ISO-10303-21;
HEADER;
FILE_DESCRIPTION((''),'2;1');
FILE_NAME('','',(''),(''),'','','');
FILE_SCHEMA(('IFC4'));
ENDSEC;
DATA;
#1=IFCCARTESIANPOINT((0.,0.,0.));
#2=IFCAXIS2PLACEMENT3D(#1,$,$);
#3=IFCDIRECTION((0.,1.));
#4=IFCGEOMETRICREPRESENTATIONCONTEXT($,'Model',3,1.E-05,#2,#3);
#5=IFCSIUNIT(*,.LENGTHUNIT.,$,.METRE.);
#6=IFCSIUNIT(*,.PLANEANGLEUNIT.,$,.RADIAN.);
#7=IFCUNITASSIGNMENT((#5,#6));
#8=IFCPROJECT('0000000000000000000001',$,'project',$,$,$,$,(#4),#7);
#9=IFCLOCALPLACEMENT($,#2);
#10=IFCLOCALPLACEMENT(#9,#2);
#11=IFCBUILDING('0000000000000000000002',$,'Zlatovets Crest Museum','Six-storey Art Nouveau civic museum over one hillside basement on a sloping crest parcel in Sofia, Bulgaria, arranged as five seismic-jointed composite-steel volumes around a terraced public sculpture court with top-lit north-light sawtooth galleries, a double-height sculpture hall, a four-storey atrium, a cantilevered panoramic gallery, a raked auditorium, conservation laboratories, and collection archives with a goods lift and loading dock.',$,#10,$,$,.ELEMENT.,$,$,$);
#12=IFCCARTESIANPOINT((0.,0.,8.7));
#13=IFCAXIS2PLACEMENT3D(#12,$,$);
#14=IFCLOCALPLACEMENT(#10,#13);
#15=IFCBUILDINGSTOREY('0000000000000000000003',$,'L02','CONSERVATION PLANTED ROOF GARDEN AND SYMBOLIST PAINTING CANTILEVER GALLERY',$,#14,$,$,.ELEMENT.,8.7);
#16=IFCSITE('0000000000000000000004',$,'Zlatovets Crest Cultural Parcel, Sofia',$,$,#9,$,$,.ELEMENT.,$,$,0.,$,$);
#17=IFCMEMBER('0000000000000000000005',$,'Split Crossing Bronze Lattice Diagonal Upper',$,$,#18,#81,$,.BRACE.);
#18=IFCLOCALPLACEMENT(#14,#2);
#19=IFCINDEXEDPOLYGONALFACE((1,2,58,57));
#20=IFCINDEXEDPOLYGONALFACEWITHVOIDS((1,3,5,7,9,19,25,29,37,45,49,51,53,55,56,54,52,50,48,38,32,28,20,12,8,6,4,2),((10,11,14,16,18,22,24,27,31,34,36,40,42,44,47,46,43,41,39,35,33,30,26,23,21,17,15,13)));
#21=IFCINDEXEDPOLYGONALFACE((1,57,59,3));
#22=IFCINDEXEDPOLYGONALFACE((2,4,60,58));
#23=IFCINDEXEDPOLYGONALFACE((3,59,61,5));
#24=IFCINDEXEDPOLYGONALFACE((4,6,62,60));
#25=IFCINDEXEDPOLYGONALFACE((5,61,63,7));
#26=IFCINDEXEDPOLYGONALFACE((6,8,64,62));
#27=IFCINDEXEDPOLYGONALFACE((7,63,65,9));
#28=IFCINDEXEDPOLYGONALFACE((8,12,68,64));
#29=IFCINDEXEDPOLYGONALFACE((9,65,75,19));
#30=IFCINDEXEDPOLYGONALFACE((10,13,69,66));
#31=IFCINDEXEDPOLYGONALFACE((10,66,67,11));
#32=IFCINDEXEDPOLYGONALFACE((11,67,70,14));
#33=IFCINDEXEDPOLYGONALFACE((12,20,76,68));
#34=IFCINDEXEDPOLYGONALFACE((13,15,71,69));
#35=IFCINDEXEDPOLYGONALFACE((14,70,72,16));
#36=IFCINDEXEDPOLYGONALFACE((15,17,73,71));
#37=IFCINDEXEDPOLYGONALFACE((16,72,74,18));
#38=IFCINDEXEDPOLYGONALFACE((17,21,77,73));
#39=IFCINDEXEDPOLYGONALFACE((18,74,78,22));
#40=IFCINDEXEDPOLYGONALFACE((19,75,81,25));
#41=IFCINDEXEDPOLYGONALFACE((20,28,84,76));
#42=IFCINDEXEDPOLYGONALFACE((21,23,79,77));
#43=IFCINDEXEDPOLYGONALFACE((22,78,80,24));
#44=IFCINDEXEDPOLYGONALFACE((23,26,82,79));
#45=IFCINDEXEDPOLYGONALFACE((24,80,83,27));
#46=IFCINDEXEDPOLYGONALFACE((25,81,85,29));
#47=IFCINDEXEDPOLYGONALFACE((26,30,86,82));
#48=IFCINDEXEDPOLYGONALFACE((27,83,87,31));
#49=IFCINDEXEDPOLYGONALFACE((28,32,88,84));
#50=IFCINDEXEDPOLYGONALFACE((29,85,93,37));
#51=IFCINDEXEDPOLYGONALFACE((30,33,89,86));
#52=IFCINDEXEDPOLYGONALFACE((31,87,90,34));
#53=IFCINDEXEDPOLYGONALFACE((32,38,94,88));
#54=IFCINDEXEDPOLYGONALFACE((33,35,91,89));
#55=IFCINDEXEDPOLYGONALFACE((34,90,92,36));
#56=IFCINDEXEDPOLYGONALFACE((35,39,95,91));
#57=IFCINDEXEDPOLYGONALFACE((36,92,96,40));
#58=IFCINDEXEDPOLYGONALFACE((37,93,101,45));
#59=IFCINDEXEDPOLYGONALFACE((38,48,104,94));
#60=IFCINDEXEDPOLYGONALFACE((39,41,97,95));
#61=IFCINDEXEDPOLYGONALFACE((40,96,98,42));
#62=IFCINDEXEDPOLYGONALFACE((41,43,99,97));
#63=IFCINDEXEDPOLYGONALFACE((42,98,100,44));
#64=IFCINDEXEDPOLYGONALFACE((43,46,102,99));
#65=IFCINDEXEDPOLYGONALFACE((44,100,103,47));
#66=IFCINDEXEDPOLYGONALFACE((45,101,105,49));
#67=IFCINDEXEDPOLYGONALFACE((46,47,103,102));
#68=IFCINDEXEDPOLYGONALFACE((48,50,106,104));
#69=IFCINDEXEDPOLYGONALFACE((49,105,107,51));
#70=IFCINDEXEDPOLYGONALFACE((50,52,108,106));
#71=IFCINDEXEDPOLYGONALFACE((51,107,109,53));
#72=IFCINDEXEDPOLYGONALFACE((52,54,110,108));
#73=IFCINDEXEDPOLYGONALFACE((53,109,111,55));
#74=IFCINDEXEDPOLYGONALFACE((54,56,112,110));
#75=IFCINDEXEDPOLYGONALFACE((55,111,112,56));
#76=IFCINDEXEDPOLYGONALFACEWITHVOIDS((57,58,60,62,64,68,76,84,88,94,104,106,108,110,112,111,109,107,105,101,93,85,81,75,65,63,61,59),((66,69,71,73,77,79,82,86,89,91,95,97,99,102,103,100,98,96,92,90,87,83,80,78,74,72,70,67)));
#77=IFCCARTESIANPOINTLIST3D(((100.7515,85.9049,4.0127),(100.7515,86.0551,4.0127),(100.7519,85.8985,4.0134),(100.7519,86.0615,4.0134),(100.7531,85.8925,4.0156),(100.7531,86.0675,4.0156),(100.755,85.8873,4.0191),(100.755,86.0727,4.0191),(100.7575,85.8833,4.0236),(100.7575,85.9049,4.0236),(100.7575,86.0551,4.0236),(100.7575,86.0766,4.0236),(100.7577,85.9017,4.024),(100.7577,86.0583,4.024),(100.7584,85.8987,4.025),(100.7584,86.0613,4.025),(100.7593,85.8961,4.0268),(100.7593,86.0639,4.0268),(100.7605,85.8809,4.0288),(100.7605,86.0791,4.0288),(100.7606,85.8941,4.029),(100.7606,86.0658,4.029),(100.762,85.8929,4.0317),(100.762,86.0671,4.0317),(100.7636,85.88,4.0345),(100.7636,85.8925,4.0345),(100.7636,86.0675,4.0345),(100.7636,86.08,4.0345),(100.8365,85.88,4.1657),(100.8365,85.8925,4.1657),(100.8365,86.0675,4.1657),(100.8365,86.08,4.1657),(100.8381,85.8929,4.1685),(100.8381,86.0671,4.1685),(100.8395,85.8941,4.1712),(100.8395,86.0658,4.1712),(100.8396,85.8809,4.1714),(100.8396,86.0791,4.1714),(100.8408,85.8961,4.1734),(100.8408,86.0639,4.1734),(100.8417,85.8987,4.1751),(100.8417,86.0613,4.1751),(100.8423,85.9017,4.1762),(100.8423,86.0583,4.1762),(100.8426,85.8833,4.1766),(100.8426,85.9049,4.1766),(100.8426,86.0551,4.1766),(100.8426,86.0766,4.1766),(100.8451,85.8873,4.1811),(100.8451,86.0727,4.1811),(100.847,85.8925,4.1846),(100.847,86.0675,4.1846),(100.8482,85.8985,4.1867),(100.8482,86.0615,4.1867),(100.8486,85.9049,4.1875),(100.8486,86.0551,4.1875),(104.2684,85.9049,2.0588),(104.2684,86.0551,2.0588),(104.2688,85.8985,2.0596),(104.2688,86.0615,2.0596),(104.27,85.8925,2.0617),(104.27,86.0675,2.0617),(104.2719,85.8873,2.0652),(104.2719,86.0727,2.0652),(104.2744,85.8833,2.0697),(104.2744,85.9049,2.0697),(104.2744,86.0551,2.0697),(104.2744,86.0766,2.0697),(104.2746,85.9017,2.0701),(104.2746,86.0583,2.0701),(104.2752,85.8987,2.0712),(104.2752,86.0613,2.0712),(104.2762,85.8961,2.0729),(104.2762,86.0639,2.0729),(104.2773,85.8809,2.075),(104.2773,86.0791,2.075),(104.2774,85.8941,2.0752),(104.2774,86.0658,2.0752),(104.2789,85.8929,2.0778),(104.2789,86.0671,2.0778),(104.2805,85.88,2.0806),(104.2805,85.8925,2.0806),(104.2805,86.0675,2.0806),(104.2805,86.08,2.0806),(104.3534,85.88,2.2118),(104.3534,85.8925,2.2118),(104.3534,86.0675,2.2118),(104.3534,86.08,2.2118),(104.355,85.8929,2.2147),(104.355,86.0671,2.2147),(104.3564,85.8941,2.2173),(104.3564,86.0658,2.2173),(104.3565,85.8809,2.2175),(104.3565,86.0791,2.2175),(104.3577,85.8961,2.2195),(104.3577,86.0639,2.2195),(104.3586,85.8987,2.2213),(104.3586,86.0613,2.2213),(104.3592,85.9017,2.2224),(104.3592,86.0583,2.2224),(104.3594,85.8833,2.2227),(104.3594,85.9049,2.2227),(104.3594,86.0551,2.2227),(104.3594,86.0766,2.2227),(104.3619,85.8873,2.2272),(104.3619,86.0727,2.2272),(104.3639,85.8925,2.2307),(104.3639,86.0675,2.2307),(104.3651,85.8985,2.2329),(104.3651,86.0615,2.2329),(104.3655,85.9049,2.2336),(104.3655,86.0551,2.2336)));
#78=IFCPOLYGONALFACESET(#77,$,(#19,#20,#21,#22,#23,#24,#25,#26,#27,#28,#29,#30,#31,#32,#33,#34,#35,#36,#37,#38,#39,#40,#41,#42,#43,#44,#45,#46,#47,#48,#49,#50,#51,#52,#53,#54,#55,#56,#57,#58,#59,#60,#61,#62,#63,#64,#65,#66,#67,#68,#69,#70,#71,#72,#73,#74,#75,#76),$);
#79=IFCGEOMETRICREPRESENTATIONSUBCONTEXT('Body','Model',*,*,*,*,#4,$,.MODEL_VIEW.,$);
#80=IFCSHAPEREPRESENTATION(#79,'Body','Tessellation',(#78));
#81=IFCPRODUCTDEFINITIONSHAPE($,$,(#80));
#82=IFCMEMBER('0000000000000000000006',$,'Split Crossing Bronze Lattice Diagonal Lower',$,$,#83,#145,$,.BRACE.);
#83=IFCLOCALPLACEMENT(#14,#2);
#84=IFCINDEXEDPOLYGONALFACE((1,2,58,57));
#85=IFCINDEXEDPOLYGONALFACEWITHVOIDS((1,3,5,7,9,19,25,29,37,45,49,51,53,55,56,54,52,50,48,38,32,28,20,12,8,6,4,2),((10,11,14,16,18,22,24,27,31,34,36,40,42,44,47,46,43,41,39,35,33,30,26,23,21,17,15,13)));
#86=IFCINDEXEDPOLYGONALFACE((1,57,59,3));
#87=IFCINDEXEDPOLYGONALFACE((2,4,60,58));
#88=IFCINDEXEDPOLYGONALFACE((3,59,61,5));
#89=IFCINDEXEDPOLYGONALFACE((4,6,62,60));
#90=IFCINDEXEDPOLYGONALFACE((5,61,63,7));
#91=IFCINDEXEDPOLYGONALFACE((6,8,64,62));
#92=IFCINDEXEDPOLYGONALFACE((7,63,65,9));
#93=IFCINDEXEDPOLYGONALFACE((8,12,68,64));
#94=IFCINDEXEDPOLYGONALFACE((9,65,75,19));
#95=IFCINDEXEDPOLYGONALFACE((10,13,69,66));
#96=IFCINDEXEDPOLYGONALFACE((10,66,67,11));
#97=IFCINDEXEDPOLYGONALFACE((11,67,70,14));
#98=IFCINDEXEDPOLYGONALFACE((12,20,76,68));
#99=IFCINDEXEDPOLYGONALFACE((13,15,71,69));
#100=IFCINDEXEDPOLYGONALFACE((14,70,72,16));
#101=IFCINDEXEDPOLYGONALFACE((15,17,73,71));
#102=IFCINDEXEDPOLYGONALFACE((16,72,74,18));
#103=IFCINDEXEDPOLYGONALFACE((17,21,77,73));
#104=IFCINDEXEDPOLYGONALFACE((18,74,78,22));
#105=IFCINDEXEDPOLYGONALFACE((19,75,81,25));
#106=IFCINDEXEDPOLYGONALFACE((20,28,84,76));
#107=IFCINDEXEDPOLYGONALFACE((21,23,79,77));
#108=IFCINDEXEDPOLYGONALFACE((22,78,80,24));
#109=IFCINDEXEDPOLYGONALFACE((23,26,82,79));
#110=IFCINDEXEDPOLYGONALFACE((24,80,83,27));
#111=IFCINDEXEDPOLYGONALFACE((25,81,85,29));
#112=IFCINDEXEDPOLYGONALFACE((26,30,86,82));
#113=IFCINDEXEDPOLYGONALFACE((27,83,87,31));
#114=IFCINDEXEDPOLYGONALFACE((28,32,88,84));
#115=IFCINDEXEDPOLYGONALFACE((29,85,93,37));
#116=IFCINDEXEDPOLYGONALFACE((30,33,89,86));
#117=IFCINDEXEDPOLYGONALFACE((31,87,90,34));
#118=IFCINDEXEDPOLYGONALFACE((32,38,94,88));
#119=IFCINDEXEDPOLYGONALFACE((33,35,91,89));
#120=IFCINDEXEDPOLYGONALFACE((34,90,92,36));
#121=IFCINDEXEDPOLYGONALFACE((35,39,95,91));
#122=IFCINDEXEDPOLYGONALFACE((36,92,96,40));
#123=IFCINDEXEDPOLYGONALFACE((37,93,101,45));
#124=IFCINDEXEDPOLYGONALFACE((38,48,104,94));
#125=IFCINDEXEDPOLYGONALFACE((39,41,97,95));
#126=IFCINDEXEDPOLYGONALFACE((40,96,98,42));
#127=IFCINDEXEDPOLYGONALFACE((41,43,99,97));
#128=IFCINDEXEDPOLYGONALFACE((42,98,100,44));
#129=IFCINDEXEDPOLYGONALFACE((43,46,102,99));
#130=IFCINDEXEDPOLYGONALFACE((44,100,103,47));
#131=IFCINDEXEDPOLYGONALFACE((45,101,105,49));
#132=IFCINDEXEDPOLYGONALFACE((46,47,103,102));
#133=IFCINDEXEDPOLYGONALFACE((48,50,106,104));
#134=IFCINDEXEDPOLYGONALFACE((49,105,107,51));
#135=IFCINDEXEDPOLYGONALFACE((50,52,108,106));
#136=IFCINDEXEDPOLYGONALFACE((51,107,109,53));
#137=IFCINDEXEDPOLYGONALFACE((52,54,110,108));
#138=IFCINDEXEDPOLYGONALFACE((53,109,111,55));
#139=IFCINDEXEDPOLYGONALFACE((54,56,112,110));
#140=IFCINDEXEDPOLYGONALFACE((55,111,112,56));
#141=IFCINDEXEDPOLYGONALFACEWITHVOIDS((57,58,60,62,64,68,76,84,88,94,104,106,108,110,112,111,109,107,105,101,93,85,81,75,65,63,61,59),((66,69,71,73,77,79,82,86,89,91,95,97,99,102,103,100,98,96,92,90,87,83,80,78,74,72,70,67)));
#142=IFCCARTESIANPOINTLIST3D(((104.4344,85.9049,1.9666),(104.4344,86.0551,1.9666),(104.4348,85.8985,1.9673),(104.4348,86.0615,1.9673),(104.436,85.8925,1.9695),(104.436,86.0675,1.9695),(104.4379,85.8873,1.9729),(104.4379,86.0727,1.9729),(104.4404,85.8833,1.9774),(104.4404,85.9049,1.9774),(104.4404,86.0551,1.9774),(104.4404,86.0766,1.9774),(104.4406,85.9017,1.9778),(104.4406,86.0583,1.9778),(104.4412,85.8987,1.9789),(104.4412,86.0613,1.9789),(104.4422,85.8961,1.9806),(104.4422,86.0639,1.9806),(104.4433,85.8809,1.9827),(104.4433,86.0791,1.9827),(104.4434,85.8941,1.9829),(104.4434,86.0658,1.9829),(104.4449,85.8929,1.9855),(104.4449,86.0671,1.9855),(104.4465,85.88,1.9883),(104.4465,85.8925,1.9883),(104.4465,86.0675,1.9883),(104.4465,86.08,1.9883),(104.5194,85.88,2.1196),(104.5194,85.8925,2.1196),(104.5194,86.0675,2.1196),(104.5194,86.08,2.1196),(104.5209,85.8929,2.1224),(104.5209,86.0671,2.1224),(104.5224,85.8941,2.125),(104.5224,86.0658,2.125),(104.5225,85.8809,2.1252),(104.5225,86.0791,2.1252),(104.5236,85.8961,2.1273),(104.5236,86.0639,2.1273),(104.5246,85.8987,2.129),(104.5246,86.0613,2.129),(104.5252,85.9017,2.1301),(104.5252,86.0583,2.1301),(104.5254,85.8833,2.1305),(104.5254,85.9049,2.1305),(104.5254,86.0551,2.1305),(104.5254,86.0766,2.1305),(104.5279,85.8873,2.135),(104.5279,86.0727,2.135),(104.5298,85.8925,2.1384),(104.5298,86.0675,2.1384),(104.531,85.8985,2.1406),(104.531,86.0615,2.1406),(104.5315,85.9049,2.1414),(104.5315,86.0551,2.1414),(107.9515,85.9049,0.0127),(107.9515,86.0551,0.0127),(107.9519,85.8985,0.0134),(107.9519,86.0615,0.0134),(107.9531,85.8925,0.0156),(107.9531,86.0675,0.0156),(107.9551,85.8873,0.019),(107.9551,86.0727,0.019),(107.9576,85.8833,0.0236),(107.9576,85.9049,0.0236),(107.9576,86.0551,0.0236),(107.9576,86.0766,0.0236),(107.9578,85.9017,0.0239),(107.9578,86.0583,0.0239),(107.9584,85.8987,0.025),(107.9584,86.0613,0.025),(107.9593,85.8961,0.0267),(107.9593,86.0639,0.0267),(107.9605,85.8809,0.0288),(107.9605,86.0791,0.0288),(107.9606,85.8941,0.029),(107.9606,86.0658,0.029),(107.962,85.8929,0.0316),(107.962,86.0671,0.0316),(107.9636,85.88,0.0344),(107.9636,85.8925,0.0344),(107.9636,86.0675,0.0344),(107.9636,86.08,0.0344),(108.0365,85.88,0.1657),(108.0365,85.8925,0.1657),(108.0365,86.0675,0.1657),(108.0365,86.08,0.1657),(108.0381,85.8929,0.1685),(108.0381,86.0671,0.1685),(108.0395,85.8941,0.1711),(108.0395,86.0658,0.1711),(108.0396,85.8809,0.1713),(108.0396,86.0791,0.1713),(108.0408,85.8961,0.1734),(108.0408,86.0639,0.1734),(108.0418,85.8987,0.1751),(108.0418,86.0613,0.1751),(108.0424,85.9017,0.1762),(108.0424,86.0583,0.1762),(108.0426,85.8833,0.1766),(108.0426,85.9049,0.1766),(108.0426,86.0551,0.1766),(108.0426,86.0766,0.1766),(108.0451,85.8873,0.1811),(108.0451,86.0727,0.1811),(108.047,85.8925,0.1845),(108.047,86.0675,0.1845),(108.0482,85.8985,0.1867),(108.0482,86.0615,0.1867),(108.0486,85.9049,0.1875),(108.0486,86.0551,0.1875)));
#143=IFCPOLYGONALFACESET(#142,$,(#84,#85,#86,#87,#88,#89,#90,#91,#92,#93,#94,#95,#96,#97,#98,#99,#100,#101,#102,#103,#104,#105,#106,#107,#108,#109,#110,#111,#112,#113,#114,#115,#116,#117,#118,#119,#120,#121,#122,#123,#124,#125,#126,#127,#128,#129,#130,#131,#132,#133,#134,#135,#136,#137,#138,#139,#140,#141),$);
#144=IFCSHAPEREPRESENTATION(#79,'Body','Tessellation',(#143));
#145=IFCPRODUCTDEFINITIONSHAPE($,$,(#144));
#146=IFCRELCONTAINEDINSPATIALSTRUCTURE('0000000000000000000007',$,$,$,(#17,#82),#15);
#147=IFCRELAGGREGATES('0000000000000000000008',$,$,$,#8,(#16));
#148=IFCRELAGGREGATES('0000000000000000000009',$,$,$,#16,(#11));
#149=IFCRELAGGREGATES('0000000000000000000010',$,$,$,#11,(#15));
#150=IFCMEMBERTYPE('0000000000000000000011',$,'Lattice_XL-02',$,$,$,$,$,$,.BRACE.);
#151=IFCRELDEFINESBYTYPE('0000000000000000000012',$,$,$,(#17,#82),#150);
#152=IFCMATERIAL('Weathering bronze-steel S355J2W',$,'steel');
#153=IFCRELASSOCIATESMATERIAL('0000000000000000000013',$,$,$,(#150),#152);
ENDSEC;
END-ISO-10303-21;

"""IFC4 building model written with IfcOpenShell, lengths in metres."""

from ifc_helpers import new_model, si_unit, direction, frame, origin, origin_2d, place, context, subcontext, project, spatial, hollow_rectangle, extrude, material, material_profile, profile_set, type_object, element, save


model = new_model("IFC4")

# Units and contexts
model_context = context("Model", 3, precision=1e-05, world=origin(), true_north=direction((0.0, 1.0)))
body_context = subcontext(model_context, "Body", "Model", "MODEL_VIEW")
ifc_project = project(units=[si_unit("LENGTHUNIT", "METRE"), si_unit("PLANEANGLEUNIT", "RADIAN")], contexts=[model_context])

# Site, building, storey
site_placement = place(None, origin())
site = spatial("IfcSite", under=ifc_project, at=site_placement, Name="Zlatovets Crest Cultural Parcel, Sofia", CompositionType="ELEMENT", RefElevation=0.0)
building_placement = place(site_placement, origin())
building = spatial("IfcBuilding", under=site, at=building_placement, Name="Zlatovets Crest Museum", Description="Six-storey Art Nouveau civic museum over one hillside basement on a sloping crest parcel in Sofia, Bulgaria, arranged as five seismic-jointed composite-steel volumes around a terraced public sculpture court with top-lit north-light sawtooth galleries, a double-height sculpture hall, a four-storey atrium, a cantilevered panoramic gallery, a raked auditorium, conservation laboratories, and collection archives with a goods lift and loading dock.", CompositionType="ELEMENT")
storey_placement = place(building_placement, frame((0.0, 0.0, 8.7)))
storey = spatial("IfcBuildingStorey", under=building, at=storey_placement, Name="L02", Description="CONSERVATION PLANTED ROOF GARDEN AND SYMBOLIST PAINTING CANTILEVER GALLERY", CompositionType="ELEMENT", Elevation=8.7)

# Members
ifc_material_1 = material(Name="Weathering bronze-steel S355J2W", Category="steel")
ifc_material_profile_1 = material_profile(ifc_material_1, hollow_rectangle(XDim=0.2, YDim=0.2, WallThickness=0.0125, InnerFilletRadius=0.0125, OuterFilletRadius=0.0249, at=origin_2d()), Name="SHS 200x200x12.5")
ifc_profile_set_1 = profile_set([ifc_material_profile_1], Name="Weathering bronze-steel S355J2W")
member_type_1 = type_object("IfcMemberType", Name="Lattice_XL-02", PredefinedType="BRACE", material=ifc_profile_set_1)
member_1_placement = place(storey_placement, frame((100.8, 85.98, 4.1001), z_axis=(0.874152, 0.0, -0.485653), x_axis=(0.0, 1.0, 0.0)))
element("IfcMember", 1, at=member_1_placement, inside=storey, type_object=member_type_1, Name="Split Crossing Bronze Lattice Diagonal Upper", PredefinedType="BRACE", context=body_context, shape_type="SweptSolid", body=[
    extrude(hollow_rectangle(XDim=0.2, YDim=0.2, WallThickness=0.0125, InnerFilletRadius=0.0125, OuterFilletRadius=0.0249, at=origin_2d()), origin(), (0.0, 0.0, 1.0), 4.0232),
])
member_2_placement = place(storey_placement, frame((104.4829, 85.98, 2.054), z_axis=(0.874166, 0.0, -0.485627), x_axis=(0.0, 1.0, 0.0)))
element("IfcMember", 2, at=member_2_placement, inside=storey, type_object=member_type_1, Name="Split Crossing Bronze Lattice Diagonal Lower", PredefinedType="BRACE", context=body_context, shape_type="SweptSolid", body=[
    extrude(hollow_rectangle(XDim=0.2, YDim=0.2, WallThickness=0.0125, InnerFilletRadius=0.0125, OuterFilletRadius=0.0249, at=origin_2d()), origin(), (0.0, 0.0, 1.0), 4.0234),
])

save(model, "model.ifc")
